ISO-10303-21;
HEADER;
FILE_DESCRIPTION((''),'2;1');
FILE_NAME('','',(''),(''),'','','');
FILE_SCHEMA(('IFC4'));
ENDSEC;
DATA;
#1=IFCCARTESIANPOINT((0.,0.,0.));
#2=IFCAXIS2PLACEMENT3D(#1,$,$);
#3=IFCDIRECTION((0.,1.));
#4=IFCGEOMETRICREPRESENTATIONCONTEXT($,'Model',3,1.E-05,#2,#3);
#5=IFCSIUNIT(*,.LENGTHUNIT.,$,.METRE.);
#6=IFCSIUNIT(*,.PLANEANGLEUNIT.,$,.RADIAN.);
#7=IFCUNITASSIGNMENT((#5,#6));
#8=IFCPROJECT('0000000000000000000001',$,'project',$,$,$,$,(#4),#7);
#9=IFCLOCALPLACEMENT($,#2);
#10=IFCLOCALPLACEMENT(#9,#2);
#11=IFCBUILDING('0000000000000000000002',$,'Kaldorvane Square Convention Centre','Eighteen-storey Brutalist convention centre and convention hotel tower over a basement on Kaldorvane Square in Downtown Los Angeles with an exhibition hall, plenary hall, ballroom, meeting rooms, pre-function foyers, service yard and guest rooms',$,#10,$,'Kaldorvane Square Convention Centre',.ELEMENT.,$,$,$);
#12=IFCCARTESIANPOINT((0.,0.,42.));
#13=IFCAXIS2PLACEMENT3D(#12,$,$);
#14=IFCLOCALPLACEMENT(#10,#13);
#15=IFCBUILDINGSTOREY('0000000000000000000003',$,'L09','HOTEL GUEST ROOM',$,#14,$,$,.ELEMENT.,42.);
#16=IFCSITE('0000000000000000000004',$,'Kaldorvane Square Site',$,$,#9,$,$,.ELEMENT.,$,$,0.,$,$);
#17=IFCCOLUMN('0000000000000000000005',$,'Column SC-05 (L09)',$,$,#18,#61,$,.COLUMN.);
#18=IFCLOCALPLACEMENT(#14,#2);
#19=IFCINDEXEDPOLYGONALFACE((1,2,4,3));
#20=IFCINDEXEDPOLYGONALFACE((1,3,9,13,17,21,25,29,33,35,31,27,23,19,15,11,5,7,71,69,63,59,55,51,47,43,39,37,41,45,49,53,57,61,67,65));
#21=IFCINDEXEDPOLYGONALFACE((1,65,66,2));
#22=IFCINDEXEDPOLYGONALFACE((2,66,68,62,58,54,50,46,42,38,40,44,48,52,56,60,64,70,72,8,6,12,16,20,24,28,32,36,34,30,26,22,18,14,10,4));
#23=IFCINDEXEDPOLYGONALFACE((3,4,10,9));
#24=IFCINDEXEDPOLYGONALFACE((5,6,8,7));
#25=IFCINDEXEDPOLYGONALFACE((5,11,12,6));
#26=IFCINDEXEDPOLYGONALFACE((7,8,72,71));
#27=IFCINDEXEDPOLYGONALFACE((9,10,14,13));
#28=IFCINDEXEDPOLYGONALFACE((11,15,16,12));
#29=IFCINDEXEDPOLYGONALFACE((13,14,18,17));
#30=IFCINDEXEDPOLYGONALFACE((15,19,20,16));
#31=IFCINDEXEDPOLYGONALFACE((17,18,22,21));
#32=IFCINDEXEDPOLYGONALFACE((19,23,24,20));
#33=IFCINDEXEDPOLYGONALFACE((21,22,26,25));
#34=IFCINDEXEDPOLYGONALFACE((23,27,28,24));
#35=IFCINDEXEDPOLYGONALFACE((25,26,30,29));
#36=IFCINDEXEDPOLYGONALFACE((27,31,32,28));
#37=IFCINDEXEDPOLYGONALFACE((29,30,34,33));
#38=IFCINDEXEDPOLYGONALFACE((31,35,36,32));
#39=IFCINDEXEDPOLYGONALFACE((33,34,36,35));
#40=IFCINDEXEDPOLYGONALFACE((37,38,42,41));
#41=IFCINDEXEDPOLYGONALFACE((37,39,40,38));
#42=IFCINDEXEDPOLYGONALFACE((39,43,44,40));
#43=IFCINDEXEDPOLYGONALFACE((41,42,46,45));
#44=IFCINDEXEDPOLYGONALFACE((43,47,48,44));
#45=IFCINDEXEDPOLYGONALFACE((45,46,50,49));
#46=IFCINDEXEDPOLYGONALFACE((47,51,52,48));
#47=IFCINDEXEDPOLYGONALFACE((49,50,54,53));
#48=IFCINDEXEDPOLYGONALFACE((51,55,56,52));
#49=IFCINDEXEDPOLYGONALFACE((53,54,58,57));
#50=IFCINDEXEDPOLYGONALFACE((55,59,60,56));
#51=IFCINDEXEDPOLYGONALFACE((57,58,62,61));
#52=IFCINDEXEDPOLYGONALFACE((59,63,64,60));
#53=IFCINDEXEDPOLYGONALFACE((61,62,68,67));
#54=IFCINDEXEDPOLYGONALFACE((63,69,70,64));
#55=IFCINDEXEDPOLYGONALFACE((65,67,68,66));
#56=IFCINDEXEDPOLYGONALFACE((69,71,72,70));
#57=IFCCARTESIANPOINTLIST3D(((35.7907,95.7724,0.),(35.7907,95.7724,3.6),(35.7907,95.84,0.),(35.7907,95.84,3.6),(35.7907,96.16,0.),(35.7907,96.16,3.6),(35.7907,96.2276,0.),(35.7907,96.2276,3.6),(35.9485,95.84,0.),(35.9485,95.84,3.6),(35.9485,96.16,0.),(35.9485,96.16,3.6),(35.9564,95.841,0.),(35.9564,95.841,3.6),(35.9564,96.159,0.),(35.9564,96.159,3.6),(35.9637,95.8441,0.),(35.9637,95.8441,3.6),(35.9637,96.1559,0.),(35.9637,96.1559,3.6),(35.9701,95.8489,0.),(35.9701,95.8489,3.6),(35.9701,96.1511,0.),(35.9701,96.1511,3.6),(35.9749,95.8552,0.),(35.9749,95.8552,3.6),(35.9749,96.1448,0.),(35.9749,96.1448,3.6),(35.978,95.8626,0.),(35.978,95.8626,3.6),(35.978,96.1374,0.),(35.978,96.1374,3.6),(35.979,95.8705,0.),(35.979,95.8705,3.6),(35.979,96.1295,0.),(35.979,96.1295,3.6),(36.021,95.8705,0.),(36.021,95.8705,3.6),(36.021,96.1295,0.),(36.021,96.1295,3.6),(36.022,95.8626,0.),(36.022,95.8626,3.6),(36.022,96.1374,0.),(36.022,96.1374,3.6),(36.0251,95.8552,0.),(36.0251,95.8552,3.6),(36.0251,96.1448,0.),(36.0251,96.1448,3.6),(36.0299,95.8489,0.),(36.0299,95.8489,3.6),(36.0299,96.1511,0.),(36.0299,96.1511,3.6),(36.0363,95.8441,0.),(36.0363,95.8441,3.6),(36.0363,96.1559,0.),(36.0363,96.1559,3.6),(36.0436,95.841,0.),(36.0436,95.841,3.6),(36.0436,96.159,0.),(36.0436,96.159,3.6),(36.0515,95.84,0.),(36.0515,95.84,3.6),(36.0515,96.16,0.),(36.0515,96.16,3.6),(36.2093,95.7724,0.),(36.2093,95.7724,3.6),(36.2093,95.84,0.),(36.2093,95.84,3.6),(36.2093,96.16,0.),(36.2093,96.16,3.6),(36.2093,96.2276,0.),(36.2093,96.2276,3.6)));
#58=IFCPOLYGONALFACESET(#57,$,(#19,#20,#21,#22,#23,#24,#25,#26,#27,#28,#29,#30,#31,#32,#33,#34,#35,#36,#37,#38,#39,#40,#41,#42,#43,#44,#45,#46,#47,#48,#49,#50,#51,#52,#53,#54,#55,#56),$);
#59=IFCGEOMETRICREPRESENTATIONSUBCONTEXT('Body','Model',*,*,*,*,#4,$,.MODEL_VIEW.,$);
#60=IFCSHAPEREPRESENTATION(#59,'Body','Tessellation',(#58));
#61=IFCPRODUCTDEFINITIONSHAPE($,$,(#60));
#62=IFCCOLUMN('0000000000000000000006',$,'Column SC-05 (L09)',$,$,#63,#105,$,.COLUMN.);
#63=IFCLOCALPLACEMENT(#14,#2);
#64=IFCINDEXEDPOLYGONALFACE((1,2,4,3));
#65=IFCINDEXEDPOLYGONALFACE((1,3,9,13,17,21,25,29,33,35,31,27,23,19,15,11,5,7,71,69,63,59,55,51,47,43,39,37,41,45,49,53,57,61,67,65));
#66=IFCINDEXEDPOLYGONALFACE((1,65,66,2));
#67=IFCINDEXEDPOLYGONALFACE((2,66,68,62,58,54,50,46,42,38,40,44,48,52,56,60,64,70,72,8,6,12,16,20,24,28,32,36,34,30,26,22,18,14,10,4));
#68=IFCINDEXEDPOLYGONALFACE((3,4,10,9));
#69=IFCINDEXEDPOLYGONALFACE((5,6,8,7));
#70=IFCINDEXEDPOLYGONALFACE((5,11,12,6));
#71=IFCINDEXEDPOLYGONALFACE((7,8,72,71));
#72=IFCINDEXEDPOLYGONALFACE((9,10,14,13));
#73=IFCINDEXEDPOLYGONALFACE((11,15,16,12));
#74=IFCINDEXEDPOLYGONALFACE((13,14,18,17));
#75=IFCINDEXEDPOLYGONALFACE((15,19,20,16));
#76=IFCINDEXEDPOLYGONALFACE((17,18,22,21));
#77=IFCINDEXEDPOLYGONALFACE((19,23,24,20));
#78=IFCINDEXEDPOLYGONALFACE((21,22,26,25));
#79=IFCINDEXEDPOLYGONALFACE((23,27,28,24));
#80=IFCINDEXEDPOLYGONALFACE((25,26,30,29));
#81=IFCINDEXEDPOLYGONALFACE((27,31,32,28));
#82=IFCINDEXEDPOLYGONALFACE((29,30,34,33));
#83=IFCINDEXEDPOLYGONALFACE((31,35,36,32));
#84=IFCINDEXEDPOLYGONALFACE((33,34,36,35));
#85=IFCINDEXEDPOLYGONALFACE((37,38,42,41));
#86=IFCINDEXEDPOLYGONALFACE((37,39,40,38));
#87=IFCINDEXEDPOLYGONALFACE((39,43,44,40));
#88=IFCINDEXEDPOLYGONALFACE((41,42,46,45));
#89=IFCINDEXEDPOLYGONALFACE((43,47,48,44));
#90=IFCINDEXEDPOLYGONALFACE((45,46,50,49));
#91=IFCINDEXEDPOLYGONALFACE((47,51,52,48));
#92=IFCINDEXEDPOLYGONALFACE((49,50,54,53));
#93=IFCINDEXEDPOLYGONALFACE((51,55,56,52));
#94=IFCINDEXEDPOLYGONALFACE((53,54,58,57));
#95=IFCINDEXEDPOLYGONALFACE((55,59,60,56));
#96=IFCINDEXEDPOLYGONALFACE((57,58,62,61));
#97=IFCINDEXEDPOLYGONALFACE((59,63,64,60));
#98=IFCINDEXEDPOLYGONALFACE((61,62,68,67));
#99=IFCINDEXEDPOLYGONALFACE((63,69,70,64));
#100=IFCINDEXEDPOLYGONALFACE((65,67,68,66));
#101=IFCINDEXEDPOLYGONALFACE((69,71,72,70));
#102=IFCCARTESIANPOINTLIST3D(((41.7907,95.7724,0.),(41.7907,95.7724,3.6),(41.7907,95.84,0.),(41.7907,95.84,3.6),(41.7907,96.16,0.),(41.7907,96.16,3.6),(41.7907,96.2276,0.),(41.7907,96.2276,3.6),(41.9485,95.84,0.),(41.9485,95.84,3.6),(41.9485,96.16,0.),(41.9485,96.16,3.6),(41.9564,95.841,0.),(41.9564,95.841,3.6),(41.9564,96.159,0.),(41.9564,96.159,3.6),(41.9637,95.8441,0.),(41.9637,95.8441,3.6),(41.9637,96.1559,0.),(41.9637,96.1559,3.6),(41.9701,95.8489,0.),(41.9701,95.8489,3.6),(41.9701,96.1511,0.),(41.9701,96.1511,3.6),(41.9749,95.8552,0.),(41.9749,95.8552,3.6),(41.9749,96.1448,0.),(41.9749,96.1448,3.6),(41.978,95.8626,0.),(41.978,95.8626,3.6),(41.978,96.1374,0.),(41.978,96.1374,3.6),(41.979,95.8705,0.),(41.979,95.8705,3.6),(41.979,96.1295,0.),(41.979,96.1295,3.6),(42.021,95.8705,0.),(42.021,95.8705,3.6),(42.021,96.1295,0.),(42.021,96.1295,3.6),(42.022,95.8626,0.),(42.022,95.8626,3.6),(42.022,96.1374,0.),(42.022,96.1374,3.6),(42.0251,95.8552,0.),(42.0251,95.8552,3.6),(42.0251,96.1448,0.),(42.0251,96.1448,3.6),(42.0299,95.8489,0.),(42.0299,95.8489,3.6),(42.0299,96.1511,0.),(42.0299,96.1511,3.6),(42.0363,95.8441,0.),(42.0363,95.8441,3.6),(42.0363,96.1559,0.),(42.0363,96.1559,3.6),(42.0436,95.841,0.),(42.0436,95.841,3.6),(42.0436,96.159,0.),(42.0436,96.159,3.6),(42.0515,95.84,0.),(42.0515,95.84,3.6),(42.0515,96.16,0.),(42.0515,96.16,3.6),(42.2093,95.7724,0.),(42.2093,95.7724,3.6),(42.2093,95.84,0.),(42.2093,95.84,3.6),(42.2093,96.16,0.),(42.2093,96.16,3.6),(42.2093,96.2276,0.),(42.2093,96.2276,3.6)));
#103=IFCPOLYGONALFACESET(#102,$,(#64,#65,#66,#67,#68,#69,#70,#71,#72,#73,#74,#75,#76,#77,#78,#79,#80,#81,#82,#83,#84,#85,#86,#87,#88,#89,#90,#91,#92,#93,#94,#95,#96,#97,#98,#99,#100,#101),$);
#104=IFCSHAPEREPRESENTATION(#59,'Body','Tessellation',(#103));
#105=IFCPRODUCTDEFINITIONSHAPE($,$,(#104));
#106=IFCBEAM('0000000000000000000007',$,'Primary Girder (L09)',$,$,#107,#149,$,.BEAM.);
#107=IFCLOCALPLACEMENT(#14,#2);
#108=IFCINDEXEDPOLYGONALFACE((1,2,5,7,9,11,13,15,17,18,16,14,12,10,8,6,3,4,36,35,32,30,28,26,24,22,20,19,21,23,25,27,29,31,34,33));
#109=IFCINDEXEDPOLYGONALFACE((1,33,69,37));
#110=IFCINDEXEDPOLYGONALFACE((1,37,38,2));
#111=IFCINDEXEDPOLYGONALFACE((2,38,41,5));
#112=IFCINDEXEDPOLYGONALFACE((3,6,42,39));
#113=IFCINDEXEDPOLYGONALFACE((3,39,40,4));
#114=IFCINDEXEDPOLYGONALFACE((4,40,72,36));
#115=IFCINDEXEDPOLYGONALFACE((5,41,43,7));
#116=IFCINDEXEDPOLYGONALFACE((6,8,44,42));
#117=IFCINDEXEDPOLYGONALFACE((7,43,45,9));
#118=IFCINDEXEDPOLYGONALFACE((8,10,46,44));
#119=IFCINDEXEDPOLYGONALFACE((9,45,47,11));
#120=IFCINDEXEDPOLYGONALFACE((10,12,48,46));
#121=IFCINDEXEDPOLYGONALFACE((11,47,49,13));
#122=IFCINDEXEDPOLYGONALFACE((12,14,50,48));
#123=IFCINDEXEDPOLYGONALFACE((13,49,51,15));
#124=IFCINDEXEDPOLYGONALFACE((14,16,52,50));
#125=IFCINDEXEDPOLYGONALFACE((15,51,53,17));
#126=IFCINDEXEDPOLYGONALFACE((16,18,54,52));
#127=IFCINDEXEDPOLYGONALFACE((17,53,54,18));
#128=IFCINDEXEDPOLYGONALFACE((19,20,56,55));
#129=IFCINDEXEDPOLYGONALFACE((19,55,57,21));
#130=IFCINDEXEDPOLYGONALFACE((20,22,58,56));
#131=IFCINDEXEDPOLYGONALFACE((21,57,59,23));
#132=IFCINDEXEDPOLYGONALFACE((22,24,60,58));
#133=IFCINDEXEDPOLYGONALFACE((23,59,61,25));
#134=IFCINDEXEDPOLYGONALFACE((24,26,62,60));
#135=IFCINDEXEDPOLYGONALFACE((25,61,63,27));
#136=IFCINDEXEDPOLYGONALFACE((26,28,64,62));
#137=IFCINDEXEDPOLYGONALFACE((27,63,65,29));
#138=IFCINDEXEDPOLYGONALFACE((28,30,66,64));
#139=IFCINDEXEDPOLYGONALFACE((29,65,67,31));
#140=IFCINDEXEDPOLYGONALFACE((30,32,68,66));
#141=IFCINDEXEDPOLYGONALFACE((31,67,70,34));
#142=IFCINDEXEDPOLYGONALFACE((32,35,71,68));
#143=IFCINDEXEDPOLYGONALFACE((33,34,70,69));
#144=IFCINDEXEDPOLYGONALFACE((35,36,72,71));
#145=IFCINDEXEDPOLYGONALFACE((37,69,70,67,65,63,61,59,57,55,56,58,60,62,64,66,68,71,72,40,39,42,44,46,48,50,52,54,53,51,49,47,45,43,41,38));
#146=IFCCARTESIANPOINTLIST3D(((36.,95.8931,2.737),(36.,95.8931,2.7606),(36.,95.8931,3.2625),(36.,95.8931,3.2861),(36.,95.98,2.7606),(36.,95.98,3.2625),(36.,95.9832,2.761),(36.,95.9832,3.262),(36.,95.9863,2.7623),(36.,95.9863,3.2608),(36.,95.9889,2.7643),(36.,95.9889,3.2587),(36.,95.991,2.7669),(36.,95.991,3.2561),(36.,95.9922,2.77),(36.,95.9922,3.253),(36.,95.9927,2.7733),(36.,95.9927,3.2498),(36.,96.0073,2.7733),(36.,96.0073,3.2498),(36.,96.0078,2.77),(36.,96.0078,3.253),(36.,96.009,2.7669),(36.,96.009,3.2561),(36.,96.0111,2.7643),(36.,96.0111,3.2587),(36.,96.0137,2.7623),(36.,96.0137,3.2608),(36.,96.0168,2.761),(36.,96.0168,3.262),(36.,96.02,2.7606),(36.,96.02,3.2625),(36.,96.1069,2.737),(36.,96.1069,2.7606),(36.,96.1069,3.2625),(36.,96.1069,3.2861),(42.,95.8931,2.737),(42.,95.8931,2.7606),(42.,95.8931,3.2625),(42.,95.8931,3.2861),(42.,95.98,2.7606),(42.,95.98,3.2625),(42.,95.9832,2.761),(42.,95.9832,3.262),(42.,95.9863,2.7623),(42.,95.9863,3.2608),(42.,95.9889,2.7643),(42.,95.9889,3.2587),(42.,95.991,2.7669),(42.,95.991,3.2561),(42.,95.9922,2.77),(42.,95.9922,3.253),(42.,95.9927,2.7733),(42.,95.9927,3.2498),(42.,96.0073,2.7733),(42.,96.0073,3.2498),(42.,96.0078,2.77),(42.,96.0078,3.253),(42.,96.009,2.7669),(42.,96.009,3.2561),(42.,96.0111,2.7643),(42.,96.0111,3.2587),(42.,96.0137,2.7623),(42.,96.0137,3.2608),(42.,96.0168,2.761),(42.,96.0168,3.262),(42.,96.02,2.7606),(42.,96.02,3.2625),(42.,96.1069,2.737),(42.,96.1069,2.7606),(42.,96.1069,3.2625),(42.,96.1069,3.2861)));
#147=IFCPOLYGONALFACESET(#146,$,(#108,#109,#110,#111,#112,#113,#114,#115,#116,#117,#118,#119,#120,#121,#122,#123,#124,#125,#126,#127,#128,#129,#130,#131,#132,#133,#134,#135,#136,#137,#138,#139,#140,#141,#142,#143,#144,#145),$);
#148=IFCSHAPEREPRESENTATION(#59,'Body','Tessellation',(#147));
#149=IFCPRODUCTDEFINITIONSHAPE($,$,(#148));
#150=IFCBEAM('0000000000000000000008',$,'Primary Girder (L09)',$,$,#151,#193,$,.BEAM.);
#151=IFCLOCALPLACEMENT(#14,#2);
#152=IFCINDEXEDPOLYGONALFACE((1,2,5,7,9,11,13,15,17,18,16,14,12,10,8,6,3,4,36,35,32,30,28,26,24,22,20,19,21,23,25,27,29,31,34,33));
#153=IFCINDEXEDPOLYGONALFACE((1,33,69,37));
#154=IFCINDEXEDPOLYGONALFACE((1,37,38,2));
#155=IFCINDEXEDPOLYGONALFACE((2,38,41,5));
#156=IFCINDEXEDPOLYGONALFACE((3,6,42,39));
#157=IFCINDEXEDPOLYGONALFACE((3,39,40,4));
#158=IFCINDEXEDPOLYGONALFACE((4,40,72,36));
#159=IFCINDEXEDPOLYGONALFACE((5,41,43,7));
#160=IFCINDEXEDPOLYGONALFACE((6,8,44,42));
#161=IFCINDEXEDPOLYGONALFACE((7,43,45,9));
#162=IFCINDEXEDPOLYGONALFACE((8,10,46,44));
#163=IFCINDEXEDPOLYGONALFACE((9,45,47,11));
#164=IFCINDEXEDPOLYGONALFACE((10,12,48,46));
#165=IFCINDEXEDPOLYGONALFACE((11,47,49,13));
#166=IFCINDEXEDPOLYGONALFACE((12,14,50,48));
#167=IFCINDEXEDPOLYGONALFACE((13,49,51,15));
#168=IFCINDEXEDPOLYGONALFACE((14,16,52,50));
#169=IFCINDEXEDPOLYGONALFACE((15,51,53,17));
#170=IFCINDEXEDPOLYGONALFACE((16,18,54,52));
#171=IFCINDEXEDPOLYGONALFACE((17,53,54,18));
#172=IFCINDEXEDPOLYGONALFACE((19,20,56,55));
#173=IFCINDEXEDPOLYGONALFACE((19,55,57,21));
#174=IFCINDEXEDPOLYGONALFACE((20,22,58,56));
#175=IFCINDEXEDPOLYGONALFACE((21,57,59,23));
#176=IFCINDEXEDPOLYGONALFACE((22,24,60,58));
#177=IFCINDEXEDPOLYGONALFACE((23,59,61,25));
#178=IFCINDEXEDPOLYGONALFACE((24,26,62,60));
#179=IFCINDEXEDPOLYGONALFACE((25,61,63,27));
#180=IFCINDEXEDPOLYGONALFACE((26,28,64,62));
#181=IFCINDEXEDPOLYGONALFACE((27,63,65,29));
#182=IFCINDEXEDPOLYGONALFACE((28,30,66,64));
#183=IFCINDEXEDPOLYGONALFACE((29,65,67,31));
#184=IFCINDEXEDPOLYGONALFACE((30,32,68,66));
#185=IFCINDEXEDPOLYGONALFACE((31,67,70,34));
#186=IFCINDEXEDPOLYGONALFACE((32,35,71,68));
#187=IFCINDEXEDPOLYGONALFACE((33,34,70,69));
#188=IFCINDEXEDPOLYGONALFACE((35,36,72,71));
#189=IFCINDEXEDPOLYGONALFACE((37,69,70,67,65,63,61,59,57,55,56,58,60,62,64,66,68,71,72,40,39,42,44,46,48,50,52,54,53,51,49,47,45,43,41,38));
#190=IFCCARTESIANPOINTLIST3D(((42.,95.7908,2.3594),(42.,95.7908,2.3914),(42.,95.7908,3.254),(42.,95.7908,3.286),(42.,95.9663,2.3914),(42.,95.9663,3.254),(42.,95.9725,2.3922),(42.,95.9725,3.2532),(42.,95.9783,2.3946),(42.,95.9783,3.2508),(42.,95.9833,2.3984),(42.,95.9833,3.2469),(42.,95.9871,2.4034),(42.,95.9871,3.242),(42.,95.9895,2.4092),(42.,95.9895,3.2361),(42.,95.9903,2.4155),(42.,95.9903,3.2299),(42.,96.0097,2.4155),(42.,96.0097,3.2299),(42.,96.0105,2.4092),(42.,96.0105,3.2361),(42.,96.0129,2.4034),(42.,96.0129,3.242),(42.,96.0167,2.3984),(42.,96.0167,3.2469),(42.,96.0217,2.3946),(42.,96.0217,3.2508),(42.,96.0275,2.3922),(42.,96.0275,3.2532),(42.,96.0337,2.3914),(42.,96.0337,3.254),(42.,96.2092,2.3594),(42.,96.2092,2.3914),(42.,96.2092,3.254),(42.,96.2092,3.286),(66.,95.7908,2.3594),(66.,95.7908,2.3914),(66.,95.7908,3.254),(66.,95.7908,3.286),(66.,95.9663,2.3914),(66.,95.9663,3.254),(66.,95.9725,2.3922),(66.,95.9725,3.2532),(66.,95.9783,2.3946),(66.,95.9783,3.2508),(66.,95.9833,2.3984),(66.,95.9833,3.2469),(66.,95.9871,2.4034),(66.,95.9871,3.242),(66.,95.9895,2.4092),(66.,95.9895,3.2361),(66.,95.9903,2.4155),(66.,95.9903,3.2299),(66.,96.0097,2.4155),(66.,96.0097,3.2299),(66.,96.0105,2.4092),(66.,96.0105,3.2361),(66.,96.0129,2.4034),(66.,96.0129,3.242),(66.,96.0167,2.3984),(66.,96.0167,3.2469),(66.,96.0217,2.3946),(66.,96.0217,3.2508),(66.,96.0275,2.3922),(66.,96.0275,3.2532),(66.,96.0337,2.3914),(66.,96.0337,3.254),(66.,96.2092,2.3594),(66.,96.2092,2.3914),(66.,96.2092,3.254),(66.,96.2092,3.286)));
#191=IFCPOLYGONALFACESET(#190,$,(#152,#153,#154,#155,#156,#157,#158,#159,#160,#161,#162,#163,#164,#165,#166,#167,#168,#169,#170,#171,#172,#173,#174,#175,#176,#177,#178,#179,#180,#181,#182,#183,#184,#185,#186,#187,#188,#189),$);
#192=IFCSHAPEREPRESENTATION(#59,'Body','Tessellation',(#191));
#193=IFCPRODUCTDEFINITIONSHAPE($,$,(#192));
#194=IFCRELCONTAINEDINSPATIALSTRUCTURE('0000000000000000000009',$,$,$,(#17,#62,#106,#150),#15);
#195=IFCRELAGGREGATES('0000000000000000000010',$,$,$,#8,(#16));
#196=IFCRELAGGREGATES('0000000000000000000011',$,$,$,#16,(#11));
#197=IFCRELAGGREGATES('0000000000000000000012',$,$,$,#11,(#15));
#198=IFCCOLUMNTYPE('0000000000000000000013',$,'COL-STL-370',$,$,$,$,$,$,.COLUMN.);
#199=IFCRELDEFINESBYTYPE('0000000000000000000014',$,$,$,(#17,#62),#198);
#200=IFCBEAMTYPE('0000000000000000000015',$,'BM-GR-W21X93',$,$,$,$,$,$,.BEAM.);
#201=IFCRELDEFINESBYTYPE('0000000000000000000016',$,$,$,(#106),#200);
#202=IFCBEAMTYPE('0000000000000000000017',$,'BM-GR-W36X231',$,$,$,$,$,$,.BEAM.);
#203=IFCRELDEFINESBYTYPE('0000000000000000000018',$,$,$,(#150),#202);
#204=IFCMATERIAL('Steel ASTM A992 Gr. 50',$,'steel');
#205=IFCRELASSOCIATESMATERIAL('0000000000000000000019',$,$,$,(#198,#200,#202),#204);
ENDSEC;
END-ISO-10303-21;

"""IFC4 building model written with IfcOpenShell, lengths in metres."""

from ifc_helpers import new_model, si_unit, direction, frame, origin, origin_2d, place, context, subcontext, project, spatial, i_section, extrude, material, material_profile, profile_set, type_object, element, save


model = new_model("IFC4")

# Units and contexts
model_context = context("Model", 3, precision=1e-05, world=origin(), true_north=direction((0.0, 1.0)))
body_context = subcontext(model_context, "Body", "Model", "MODEL_VIEW")
ifc_project = project(units=[si_unit("LENGTHUNIT", "METRE"), si_unit("PLANEANGLEUNIT", "RADIAN")], contexts=[model_context])

# Site, building, storey
site_placement = place(None, origin())
site = spatial("IfcSite", under=ifc_project, at=site_placement, Name="Kaldorvane Square Site", CompositionType="ELEMENT", RefElevation=0.0)
building_placement = place(site_placement, origin())
building = spatial("IfcBuilding", under=site, at=building_placement, Name="Kaldorvane Square Convention Centre", Description="Eighteen-storey Brutalist convention centre and convention hotel tower over a basement on Kaldorvane Square in Downtown Los Angeles with an exhibition hall, plenary hall, ballroom, meeting rooms, pre-function foyers, service yard and guest rooms", LongName="Kaldorvane Square Convention Centre", CompositionType="ELEMENT")
storey_placement = place(building_placement, frame((0.0, 0.0, 42.0)))
storey = spatial("IfcBuildingStorey", under=building, at=storey_placement, Name="L09", Description="HOTEL GUEST ROOM", CompositionType="ELEMENT", Elevation=42.0)

# Columns
ifc_material_1 = material(Name="Steel ASTM A992 Gr. 50", Category="steel")
ifc_material_profile_1 = material_profile(ifc_material_1, i_section(OverallWidth=0.4185, OverallDepth=0.4552, WebThickness=0.042, FlangeThickness=0.0676, FilletRadius=0.0305, at=origin_2d()), Name="W14X370")
ifc_profile_set_1 = profile_set([ifc_material_profile_1], Name="Steel ASTM A992 Gr. 50")
column_type = type_object("IfcColumnType", Name="COL-STL-370", PredefinedType="COLUMN", material=ifc_profile_set_1)
for number, where, z_axis, x_axis, name in (
    (1, (36.0, 96.0, 0.0), (0.0, 0.0, 1.0), (1.0, 0.0, 0.0), "Column SC-05 (L09)"),
    (2, (42.0, 96.0, 0.0), (0.0, 0.0, 1.0), (1.0, 0.0, 0.0), "Column SC-05 (L09)"),
):
    element("IfcColumn", number, at=place(storey_placement, frame(where, z_axis=z_axis, x_axis=x_axis)), inside=storey, type_object=column_type, Name=name, PredefinedType="COLUMN", context=body_context, shape_type="SweptSolid", body=[
        extrude(i_section(OverallWidth=0.4185, OverallDepth=0.4552, WebThickness=0.042, FlangeThickness=0.0676, FilletRadius=0.0305, at=origin_2d()), origin(), (0.0, 0.0, 1.0), 3.6),
    ])

# Beams
ifc_material_profile_2 = material_profile(ifc_material_1, i_section(OverallWidth=0.2139, OverallDepth=0.5491, WebThickness=0.0147, FlangeThickness=0.0236, FilletRadius=0.0127, at=origin_2d()), Name="W21X93")
ifc_profile_set_2 = profile_set([ifc_material_profile_2], Name="Steel ASTM A992 Gr. 50")
beam_type_1 = type_object("IfcBeamType", Name="BM-GR-W21X93", PredefinedType="BEAM", material=ifc_profile_set_2)
beam_1_placement = place(storey_placement, frame((36.0, 96.0, 3.0115), z_axis=(1.0, 0.0, 0.0), x_axis=(0.0, 1.0, 0.0)))
element("IfcBeam", 3, at=beam_1_placement, inside=storey, type_object=beam_type_1, Name="Primary Girder (L09)", PredefinedType="BEAM", context=body_context, shape_type="SweptSolid", body=[
    extrude(i_section(OverallWidth=0.2139, OverallDepth=0.5491, WebThickness=0.0147, FlangeThickness=0.0236, FilletRadius=0.0127, at=origin_2d()), origin(), (0.0, 0.0, 1.0), 6.0),
])
ifc_material_profile_3 = material_profile(ifc_material_1, i_section(OverallWidth=0.4183, OverallDepth=0.9266, WebThickness=0.0193, FlangeThickness=0.032, FilletRadius=0.0241, at=origin_2d()), Name="W36X231")
ifc_profile_set_3 = profile_set([ifc_material_profile_3], Name="Steel ASTM A992 Gr. 50")
beam_type_2 = type_object("IfcBeamType", Name="BM-GR-W36X231", PredefinedType="BEAM", material=ifc_profile_set_3)
beam_2_placement = place(storey_placement, frame((42.0, 96.0, 2.8227), z_axis=(1.0, 0.0, 0.0), x_axis=(0.0, 1.0, 0.0)))
element("IfcBeam", 4, at=beam_2_placement, inside=storey, type_object=beam_type_2, Name="Primary Girder (L09)", PredefinedType="BEAM", context=body_context, shape_type="SweptSolid", body=[
    extrude(i_section(OverallWidth=0.4183, OverallDepth=0.9266, WebThickness=0.0193, FlangeThickness=0.032, FilletRadius=0.0241, at=origin_2d()), origin(), (0.0, 0.0, 1.0), 24.0),
])

save(model, "model.ifc")
